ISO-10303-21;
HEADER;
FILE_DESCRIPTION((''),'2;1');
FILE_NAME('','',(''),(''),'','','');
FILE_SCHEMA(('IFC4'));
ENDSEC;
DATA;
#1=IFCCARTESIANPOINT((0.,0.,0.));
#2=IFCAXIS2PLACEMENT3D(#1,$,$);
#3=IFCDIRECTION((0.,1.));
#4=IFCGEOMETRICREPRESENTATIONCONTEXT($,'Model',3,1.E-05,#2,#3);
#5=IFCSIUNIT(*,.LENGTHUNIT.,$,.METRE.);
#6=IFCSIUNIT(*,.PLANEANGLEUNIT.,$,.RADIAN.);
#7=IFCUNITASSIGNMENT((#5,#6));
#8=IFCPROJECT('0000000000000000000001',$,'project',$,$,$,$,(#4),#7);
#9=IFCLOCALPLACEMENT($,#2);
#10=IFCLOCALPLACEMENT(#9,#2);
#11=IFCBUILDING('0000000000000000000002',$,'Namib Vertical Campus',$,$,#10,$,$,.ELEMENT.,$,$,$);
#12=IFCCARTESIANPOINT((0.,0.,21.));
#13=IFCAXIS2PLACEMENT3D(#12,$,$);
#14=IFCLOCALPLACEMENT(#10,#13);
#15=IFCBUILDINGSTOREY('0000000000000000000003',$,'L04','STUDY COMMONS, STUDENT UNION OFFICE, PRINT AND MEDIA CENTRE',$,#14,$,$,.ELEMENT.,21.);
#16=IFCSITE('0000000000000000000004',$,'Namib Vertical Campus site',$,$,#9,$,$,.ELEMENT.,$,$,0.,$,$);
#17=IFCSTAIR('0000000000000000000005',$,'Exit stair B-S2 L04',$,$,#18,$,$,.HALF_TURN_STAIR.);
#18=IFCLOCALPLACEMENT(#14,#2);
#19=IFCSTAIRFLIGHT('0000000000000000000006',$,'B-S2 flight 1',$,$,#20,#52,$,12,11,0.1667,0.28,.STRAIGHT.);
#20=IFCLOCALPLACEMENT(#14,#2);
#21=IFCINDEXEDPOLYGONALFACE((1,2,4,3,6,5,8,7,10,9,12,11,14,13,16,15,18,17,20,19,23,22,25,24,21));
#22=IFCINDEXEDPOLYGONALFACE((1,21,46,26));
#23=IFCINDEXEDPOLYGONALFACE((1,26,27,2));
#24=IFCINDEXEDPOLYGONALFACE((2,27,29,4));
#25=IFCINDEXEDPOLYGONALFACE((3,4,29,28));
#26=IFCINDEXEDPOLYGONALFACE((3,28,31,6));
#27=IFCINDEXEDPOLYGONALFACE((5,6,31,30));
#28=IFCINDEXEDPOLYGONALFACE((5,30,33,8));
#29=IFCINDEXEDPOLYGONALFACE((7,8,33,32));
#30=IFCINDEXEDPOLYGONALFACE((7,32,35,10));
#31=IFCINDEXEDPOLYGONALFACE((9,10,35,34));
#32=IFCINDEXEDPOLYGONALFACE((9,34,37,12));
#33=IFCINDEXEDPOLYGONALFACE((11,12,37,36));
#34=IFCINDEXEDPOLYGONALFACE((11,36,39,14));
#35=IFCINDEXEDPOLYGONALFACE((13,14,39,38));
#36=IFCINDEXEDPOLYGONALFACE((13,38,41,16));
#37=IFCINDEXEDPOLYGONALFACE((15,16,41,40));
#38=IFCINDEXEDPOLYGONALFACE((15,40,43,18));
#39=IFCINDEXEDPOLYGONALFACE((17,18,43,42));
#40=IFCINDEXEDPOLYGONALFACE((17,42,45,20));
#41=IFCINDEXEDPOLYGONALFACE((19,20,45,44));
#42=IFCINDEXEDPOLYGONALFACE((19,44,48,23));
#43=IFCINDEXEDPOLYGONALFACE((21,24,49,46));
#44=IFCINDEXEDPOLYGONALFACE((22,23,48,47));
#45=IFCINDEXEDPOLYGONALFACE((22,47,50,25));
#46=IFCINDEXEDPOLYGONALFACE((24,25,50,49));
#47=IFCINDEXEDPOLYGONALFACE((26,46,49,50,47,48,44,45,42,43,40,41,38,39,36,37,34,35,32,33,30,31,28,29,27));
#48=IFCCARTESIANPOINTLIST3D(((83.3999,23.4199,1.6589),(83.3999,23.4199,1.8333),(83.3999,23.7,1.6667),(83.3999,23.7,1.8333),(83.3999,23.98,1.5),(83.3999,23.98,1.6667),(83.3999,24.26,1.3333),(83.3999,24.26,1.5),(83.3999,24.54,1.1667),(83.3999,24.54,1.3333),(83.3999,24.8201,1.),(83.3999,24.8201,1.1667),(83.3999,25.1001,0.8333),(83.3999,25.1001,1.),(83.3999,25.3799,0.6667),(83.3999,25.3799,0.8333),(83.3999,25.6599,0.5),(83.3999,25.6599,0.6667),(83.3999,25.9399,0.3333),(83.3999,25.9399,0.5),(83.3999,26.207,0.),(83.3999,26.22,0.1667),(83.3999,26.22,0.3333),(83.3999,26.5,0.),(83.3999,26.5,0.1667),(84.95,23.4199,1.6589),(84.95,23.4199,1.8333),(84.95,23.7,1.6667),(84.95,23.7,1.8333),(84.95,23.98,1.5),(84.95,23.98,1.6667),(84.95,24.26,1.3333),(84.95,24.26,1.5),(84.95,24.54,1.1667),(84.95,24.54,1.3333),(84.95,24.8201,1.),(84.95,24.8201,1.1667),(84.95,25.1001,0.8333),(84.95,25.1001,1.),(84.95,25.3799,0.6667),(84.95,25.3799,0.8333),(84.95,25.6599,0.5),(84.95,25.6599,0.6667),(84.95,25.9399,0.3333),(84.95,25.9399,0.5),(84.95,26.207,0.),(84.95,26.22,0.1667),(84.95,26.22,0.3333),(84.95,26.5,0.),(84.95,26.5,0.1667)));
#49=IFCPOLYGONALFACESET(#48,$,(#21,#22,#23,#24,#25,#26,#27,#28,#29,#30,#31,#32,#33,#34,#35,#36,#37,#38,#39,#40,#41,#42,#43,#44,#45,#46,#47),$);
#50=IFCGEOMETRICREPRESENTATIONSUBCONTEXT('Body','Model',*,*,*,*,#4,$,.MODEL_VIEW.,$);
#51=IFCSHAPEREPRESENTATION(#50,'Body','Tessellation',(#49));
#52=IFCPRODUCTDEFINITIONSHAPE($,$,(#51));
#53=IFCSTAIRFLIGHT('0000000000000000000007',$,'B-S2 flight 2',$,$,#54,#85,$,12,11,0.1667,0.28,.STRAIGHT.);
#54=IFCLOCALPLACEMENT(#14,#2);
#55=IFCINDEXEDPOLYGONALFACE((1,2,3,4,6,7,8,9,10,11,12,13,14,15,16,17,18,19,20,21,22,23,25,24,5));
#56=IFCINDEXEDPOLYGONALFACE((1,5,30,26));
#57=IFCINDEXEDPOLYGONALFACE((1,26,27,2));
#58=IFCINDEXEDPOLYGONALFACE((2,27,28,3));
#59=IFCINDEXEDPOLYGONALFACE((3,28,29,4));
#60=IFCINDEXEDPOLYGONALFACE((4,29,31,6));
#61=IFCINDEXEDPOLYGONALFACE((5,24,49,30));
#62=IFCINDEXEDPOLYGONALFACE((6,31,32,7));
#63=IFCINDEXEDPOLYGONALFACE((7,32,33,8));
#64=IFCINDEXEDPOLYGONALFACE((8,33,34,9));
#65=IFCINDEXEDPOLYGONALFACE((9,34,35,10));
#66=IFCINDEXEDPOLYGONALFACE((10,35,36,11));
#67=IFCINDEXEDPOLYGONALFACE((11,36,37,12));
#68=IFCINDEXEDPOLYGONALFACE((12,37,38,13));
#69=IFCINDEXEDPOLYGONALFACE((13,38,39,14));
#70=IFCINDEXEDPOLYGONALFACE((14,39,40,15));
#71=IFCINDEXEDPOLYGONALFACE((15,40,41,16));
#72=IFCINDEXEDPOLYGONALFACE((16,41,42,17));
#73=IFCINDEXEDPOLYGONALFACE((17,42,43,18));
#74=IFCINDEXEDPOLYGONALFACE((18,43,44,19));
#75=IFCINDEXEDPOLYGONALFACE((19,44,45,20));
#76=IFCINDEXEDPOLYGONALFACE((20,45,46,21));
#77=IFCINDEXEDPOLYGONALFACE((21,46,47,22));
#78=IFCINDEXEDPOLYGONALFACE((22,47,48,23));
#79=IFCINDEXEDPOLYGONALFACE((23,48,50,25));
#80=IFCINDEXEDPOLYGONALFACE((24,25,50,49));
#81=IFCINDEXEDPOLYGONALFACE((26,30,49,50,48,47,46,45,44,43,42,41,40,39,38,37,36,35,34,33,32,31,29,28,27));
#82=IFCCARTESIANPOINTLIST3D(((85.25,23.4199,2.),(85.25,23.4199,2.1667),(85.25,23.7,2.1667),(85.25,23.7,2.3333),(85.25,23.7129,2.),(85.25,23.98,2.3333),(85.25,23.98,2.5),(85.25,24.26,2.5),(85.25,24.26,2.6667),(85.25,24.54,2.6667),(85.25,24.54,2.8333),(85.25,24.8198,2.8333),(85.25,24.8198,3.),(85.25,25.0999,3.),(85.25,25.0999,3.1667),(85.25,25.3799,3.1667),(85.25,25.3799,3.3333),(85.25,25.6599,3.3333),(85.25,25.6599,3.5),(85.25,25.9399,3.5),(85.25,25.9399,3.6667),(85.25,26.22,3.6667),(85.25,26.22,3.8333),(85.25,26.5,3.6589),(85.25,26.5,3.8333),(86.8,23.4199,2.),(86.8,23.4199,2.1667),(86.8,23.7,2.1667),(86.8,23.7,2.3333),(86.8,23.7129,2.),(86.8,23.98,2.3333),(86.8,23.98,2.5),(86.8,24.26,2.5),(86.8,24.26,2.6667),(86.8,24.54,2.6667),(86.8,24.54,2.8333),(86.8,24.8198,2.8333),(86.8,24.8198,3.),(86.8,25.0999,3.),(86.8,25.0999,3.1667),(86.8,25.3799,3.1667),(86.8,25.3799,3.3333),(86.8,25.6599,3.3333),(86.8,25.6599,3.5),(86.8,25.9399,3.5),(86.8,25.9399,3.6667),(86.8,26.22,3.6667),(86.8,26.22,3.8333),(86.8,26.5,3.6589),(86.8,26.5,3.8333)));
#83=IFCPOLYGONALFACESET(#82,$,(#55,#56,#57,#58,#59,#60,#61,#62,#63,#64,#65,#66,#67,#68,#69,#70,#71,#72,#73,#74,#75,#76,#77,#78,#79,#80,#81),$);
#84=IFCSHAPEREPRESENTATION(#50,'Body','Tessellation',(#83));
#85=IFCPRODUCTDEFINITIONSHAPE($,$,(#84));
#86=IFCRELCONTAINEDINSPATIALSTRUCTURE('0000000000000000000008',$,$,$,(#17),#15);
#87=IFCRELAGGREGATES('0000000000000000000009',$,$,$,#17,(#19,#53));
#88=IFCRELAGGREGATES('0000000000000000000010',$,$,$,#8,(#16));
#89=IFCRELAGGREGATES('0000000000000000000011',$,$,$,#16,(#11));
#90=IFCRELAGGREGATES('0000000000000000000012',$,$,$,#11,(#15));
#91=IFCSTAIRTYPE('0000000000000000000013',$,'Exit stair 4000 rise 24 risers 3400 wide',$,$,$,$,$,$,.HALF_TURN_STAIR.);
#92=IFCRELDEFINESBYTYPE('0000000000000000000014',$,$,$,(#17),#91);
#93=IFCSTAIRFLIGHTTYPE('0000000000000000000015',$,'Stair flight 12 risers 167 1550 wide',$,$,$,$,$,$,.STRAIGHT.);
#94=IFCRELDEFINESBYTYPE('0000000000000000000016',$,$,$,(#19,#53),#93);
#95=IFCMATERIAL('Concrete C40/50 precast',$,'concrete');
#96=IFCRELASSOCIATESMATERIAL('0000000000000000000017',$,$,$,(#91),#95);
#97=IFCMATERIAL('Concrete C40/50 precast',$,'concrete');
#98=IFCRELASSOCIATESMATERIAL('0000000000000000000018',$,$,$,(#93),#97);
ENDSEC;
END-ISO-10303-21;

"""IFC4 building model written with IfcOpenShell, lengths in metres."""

from ifc_helpers import new_model, si_unit, direction, frame, origin, place, context, subcontext, project, spatial, polyline, outline, extrude, material, type_object, element, aggregate, save


model = new_model("IFC4")

# Units and contexts
model_context = context("Model", 3, precision=1e-05, world=origin(), true_north=direction((0.0, 1.0)))
body_context = subcontext(model_context, "Body", "Model", "MODEL_VIEW")
ifc_project = project(units=[si_unit("LENGTHUNIT", "METRE"), si_unit("PLANEANGLEUNIT", "RADIAN")], contexts=[model_context])

# Site, building, storey
site_placement = place(None, origin())
site = spatial("IfcSite", under=ifc_project, at=site_placement, Name="Namib Vertical Campus site", CompositionType="ELEMENT", RefElevation=0.0)
building_placement = place(site_placement, origin())
building = spatial("IfcBuilding", under=site, at=building_placement, Name="Namib Vertical Campus", CompositionType="ELEMENT")
storey_placement = place(building_placement, frame((0.0, 0.0, 21.0)))
storey = spatial("IfcBuildingStorey", under=building, at=storey_placement, Name="L04", Description="STUDY COMMONS, STUDENT UNION OFFICE, PRINT AND MEDIA CENTRE", CompositionType="ELEMENT", Elevation=21.0)

# Stair, stair flights
ifc_material_1 = material(Name="Concrete C40/50 precast", Category="concrete")
stair_type = type_object("IfcStairType", Name="Exit stair 4000 rise 24 risers 3400 wide", PredefinedType="HALF_TURN_STAIR", material=ifc_material_1)
stair_placement = place(storey_placement, origin())
stair = element("IfcStair", 1, at=stair_placement, inside=storey, type_object=stair_type, Name="Exit stair B-S2 L04", PredefinedType="HALF_TURN_STAIR")
ifc_material_2 = material(Name="Concrete C40/50 precast", Category="concrete")
stair_flight_type = type_object("IfcStairFlightType", Name="Stair flight 12 risers 167 1550 wide", PredefinedType="STRAIGHT", material=ifc_material_2)
stair_flight_1_placement = place(storey_placement, frame((84.175, 26.5, 0.0), z_axis=(0.0, 0.0, 1.0), x_axis=(0.0, -1.0, 0.0)))
stair_flight_1 = element("IfcStairFlight", 2, at=stair_flight_1_placement, type_object=stair_flight_type, Name="B-S2 flight 1", NumberOfRisers=12, NumberOfTreads=11, PredefinedType="STRAIGHT", RiserHeight=0.1667, TreadLength=0.28, context=body_context, shape_type="SweptSolid", body=[
    extrude(outline(polyline([(0.0, 0.0), (0.0, 0.1667), (0.28, 0.1667), (0.28, 0.3333), (0.5601, 0.3333), (0.5601, 0.5), (0.8401, 0.5), (0.8401, 0.6667), (1.1201, 0.6667), (1.1201, 0.8333), (1.3999, 0.8333), (1.3999, 1.0), (1.6799, 1.0), (1.6799, 1.1667), (1.96, 1.1667), (1.96, 1.3333), (2.24, 1.3333), (2.24, 1.5), (2.52, 1.5), (2.52, 1.6667), (2.8, 1.6667), (2.8, 1.8333), (3.0801, 1.8333), (3.0801, 2.0), (3.0801, 1.6589), (0.293, 0.0), (0.0, 0.0)])), frame((0.0, 0.7749, 0.0), z_axis=(0.0, -1.0, 0.0), x_axis=(1.0, 0.0, 0.0)), (0.0, 0.0, 1.0), 1.55),
])
stair_flight_2_placement = place(storey_placement, frame((86.0249, 23.4199, 2.0), z_axis=(0.0, 0.0, 1.0), x_axis=(0.0, 1.0, 0.0)))
stair_flight_2 = element("IfcStairFlight", 3, at=stair_flight_2_placement, type_object=stair_flight_type, Name="B-S2 flight 2", NumberOfRisers=12, NumberOfTreads=11, PredefinedType="STRAIGHT", RiserHeight=0.1667, TreadLength=0.28, context=body_context, shape_type="SweptSolid", body=[
    extrude(outline(polyline([(0.0, 0.0), (0.0, 0.1667), (0.28, 0.1667), (0.28, 0.3333), (0.5601, 0.3333), (0.5601, 0.5), (0.8401, 0.5), (0.8401, 0.6667), (1.1201, 0.6667), (1.1201, 0.8333), (1.3999, 0.8333), (1.3999, 1.0), (1.6799, 1.0), (1.6799, 1.1667), (1.96, 1.1667), (1.96, 1.3333), (2.24, 1.3333), (2.24, 1.5), (2.52, 1.5), (2.52, 1.6667), (2.8, 1.6667), (2.8, 1.8333), (3.0801, 1.8333), (3.0801, 2.0), (3.0801, 1.6589), (0.293, 0.0), (0.0, 0.0)])), frame((0.0, 0.7749, 0.0), z_axis=(0.0, -1.0, 0.0), x_axis=(1.0, 0.0, 0.0)), (0.0, 0.0, 1.0), 1.55),
])
aggregate(stair, [stair_flight_1, stair_flight_2])

save(model, "model.ifc")
